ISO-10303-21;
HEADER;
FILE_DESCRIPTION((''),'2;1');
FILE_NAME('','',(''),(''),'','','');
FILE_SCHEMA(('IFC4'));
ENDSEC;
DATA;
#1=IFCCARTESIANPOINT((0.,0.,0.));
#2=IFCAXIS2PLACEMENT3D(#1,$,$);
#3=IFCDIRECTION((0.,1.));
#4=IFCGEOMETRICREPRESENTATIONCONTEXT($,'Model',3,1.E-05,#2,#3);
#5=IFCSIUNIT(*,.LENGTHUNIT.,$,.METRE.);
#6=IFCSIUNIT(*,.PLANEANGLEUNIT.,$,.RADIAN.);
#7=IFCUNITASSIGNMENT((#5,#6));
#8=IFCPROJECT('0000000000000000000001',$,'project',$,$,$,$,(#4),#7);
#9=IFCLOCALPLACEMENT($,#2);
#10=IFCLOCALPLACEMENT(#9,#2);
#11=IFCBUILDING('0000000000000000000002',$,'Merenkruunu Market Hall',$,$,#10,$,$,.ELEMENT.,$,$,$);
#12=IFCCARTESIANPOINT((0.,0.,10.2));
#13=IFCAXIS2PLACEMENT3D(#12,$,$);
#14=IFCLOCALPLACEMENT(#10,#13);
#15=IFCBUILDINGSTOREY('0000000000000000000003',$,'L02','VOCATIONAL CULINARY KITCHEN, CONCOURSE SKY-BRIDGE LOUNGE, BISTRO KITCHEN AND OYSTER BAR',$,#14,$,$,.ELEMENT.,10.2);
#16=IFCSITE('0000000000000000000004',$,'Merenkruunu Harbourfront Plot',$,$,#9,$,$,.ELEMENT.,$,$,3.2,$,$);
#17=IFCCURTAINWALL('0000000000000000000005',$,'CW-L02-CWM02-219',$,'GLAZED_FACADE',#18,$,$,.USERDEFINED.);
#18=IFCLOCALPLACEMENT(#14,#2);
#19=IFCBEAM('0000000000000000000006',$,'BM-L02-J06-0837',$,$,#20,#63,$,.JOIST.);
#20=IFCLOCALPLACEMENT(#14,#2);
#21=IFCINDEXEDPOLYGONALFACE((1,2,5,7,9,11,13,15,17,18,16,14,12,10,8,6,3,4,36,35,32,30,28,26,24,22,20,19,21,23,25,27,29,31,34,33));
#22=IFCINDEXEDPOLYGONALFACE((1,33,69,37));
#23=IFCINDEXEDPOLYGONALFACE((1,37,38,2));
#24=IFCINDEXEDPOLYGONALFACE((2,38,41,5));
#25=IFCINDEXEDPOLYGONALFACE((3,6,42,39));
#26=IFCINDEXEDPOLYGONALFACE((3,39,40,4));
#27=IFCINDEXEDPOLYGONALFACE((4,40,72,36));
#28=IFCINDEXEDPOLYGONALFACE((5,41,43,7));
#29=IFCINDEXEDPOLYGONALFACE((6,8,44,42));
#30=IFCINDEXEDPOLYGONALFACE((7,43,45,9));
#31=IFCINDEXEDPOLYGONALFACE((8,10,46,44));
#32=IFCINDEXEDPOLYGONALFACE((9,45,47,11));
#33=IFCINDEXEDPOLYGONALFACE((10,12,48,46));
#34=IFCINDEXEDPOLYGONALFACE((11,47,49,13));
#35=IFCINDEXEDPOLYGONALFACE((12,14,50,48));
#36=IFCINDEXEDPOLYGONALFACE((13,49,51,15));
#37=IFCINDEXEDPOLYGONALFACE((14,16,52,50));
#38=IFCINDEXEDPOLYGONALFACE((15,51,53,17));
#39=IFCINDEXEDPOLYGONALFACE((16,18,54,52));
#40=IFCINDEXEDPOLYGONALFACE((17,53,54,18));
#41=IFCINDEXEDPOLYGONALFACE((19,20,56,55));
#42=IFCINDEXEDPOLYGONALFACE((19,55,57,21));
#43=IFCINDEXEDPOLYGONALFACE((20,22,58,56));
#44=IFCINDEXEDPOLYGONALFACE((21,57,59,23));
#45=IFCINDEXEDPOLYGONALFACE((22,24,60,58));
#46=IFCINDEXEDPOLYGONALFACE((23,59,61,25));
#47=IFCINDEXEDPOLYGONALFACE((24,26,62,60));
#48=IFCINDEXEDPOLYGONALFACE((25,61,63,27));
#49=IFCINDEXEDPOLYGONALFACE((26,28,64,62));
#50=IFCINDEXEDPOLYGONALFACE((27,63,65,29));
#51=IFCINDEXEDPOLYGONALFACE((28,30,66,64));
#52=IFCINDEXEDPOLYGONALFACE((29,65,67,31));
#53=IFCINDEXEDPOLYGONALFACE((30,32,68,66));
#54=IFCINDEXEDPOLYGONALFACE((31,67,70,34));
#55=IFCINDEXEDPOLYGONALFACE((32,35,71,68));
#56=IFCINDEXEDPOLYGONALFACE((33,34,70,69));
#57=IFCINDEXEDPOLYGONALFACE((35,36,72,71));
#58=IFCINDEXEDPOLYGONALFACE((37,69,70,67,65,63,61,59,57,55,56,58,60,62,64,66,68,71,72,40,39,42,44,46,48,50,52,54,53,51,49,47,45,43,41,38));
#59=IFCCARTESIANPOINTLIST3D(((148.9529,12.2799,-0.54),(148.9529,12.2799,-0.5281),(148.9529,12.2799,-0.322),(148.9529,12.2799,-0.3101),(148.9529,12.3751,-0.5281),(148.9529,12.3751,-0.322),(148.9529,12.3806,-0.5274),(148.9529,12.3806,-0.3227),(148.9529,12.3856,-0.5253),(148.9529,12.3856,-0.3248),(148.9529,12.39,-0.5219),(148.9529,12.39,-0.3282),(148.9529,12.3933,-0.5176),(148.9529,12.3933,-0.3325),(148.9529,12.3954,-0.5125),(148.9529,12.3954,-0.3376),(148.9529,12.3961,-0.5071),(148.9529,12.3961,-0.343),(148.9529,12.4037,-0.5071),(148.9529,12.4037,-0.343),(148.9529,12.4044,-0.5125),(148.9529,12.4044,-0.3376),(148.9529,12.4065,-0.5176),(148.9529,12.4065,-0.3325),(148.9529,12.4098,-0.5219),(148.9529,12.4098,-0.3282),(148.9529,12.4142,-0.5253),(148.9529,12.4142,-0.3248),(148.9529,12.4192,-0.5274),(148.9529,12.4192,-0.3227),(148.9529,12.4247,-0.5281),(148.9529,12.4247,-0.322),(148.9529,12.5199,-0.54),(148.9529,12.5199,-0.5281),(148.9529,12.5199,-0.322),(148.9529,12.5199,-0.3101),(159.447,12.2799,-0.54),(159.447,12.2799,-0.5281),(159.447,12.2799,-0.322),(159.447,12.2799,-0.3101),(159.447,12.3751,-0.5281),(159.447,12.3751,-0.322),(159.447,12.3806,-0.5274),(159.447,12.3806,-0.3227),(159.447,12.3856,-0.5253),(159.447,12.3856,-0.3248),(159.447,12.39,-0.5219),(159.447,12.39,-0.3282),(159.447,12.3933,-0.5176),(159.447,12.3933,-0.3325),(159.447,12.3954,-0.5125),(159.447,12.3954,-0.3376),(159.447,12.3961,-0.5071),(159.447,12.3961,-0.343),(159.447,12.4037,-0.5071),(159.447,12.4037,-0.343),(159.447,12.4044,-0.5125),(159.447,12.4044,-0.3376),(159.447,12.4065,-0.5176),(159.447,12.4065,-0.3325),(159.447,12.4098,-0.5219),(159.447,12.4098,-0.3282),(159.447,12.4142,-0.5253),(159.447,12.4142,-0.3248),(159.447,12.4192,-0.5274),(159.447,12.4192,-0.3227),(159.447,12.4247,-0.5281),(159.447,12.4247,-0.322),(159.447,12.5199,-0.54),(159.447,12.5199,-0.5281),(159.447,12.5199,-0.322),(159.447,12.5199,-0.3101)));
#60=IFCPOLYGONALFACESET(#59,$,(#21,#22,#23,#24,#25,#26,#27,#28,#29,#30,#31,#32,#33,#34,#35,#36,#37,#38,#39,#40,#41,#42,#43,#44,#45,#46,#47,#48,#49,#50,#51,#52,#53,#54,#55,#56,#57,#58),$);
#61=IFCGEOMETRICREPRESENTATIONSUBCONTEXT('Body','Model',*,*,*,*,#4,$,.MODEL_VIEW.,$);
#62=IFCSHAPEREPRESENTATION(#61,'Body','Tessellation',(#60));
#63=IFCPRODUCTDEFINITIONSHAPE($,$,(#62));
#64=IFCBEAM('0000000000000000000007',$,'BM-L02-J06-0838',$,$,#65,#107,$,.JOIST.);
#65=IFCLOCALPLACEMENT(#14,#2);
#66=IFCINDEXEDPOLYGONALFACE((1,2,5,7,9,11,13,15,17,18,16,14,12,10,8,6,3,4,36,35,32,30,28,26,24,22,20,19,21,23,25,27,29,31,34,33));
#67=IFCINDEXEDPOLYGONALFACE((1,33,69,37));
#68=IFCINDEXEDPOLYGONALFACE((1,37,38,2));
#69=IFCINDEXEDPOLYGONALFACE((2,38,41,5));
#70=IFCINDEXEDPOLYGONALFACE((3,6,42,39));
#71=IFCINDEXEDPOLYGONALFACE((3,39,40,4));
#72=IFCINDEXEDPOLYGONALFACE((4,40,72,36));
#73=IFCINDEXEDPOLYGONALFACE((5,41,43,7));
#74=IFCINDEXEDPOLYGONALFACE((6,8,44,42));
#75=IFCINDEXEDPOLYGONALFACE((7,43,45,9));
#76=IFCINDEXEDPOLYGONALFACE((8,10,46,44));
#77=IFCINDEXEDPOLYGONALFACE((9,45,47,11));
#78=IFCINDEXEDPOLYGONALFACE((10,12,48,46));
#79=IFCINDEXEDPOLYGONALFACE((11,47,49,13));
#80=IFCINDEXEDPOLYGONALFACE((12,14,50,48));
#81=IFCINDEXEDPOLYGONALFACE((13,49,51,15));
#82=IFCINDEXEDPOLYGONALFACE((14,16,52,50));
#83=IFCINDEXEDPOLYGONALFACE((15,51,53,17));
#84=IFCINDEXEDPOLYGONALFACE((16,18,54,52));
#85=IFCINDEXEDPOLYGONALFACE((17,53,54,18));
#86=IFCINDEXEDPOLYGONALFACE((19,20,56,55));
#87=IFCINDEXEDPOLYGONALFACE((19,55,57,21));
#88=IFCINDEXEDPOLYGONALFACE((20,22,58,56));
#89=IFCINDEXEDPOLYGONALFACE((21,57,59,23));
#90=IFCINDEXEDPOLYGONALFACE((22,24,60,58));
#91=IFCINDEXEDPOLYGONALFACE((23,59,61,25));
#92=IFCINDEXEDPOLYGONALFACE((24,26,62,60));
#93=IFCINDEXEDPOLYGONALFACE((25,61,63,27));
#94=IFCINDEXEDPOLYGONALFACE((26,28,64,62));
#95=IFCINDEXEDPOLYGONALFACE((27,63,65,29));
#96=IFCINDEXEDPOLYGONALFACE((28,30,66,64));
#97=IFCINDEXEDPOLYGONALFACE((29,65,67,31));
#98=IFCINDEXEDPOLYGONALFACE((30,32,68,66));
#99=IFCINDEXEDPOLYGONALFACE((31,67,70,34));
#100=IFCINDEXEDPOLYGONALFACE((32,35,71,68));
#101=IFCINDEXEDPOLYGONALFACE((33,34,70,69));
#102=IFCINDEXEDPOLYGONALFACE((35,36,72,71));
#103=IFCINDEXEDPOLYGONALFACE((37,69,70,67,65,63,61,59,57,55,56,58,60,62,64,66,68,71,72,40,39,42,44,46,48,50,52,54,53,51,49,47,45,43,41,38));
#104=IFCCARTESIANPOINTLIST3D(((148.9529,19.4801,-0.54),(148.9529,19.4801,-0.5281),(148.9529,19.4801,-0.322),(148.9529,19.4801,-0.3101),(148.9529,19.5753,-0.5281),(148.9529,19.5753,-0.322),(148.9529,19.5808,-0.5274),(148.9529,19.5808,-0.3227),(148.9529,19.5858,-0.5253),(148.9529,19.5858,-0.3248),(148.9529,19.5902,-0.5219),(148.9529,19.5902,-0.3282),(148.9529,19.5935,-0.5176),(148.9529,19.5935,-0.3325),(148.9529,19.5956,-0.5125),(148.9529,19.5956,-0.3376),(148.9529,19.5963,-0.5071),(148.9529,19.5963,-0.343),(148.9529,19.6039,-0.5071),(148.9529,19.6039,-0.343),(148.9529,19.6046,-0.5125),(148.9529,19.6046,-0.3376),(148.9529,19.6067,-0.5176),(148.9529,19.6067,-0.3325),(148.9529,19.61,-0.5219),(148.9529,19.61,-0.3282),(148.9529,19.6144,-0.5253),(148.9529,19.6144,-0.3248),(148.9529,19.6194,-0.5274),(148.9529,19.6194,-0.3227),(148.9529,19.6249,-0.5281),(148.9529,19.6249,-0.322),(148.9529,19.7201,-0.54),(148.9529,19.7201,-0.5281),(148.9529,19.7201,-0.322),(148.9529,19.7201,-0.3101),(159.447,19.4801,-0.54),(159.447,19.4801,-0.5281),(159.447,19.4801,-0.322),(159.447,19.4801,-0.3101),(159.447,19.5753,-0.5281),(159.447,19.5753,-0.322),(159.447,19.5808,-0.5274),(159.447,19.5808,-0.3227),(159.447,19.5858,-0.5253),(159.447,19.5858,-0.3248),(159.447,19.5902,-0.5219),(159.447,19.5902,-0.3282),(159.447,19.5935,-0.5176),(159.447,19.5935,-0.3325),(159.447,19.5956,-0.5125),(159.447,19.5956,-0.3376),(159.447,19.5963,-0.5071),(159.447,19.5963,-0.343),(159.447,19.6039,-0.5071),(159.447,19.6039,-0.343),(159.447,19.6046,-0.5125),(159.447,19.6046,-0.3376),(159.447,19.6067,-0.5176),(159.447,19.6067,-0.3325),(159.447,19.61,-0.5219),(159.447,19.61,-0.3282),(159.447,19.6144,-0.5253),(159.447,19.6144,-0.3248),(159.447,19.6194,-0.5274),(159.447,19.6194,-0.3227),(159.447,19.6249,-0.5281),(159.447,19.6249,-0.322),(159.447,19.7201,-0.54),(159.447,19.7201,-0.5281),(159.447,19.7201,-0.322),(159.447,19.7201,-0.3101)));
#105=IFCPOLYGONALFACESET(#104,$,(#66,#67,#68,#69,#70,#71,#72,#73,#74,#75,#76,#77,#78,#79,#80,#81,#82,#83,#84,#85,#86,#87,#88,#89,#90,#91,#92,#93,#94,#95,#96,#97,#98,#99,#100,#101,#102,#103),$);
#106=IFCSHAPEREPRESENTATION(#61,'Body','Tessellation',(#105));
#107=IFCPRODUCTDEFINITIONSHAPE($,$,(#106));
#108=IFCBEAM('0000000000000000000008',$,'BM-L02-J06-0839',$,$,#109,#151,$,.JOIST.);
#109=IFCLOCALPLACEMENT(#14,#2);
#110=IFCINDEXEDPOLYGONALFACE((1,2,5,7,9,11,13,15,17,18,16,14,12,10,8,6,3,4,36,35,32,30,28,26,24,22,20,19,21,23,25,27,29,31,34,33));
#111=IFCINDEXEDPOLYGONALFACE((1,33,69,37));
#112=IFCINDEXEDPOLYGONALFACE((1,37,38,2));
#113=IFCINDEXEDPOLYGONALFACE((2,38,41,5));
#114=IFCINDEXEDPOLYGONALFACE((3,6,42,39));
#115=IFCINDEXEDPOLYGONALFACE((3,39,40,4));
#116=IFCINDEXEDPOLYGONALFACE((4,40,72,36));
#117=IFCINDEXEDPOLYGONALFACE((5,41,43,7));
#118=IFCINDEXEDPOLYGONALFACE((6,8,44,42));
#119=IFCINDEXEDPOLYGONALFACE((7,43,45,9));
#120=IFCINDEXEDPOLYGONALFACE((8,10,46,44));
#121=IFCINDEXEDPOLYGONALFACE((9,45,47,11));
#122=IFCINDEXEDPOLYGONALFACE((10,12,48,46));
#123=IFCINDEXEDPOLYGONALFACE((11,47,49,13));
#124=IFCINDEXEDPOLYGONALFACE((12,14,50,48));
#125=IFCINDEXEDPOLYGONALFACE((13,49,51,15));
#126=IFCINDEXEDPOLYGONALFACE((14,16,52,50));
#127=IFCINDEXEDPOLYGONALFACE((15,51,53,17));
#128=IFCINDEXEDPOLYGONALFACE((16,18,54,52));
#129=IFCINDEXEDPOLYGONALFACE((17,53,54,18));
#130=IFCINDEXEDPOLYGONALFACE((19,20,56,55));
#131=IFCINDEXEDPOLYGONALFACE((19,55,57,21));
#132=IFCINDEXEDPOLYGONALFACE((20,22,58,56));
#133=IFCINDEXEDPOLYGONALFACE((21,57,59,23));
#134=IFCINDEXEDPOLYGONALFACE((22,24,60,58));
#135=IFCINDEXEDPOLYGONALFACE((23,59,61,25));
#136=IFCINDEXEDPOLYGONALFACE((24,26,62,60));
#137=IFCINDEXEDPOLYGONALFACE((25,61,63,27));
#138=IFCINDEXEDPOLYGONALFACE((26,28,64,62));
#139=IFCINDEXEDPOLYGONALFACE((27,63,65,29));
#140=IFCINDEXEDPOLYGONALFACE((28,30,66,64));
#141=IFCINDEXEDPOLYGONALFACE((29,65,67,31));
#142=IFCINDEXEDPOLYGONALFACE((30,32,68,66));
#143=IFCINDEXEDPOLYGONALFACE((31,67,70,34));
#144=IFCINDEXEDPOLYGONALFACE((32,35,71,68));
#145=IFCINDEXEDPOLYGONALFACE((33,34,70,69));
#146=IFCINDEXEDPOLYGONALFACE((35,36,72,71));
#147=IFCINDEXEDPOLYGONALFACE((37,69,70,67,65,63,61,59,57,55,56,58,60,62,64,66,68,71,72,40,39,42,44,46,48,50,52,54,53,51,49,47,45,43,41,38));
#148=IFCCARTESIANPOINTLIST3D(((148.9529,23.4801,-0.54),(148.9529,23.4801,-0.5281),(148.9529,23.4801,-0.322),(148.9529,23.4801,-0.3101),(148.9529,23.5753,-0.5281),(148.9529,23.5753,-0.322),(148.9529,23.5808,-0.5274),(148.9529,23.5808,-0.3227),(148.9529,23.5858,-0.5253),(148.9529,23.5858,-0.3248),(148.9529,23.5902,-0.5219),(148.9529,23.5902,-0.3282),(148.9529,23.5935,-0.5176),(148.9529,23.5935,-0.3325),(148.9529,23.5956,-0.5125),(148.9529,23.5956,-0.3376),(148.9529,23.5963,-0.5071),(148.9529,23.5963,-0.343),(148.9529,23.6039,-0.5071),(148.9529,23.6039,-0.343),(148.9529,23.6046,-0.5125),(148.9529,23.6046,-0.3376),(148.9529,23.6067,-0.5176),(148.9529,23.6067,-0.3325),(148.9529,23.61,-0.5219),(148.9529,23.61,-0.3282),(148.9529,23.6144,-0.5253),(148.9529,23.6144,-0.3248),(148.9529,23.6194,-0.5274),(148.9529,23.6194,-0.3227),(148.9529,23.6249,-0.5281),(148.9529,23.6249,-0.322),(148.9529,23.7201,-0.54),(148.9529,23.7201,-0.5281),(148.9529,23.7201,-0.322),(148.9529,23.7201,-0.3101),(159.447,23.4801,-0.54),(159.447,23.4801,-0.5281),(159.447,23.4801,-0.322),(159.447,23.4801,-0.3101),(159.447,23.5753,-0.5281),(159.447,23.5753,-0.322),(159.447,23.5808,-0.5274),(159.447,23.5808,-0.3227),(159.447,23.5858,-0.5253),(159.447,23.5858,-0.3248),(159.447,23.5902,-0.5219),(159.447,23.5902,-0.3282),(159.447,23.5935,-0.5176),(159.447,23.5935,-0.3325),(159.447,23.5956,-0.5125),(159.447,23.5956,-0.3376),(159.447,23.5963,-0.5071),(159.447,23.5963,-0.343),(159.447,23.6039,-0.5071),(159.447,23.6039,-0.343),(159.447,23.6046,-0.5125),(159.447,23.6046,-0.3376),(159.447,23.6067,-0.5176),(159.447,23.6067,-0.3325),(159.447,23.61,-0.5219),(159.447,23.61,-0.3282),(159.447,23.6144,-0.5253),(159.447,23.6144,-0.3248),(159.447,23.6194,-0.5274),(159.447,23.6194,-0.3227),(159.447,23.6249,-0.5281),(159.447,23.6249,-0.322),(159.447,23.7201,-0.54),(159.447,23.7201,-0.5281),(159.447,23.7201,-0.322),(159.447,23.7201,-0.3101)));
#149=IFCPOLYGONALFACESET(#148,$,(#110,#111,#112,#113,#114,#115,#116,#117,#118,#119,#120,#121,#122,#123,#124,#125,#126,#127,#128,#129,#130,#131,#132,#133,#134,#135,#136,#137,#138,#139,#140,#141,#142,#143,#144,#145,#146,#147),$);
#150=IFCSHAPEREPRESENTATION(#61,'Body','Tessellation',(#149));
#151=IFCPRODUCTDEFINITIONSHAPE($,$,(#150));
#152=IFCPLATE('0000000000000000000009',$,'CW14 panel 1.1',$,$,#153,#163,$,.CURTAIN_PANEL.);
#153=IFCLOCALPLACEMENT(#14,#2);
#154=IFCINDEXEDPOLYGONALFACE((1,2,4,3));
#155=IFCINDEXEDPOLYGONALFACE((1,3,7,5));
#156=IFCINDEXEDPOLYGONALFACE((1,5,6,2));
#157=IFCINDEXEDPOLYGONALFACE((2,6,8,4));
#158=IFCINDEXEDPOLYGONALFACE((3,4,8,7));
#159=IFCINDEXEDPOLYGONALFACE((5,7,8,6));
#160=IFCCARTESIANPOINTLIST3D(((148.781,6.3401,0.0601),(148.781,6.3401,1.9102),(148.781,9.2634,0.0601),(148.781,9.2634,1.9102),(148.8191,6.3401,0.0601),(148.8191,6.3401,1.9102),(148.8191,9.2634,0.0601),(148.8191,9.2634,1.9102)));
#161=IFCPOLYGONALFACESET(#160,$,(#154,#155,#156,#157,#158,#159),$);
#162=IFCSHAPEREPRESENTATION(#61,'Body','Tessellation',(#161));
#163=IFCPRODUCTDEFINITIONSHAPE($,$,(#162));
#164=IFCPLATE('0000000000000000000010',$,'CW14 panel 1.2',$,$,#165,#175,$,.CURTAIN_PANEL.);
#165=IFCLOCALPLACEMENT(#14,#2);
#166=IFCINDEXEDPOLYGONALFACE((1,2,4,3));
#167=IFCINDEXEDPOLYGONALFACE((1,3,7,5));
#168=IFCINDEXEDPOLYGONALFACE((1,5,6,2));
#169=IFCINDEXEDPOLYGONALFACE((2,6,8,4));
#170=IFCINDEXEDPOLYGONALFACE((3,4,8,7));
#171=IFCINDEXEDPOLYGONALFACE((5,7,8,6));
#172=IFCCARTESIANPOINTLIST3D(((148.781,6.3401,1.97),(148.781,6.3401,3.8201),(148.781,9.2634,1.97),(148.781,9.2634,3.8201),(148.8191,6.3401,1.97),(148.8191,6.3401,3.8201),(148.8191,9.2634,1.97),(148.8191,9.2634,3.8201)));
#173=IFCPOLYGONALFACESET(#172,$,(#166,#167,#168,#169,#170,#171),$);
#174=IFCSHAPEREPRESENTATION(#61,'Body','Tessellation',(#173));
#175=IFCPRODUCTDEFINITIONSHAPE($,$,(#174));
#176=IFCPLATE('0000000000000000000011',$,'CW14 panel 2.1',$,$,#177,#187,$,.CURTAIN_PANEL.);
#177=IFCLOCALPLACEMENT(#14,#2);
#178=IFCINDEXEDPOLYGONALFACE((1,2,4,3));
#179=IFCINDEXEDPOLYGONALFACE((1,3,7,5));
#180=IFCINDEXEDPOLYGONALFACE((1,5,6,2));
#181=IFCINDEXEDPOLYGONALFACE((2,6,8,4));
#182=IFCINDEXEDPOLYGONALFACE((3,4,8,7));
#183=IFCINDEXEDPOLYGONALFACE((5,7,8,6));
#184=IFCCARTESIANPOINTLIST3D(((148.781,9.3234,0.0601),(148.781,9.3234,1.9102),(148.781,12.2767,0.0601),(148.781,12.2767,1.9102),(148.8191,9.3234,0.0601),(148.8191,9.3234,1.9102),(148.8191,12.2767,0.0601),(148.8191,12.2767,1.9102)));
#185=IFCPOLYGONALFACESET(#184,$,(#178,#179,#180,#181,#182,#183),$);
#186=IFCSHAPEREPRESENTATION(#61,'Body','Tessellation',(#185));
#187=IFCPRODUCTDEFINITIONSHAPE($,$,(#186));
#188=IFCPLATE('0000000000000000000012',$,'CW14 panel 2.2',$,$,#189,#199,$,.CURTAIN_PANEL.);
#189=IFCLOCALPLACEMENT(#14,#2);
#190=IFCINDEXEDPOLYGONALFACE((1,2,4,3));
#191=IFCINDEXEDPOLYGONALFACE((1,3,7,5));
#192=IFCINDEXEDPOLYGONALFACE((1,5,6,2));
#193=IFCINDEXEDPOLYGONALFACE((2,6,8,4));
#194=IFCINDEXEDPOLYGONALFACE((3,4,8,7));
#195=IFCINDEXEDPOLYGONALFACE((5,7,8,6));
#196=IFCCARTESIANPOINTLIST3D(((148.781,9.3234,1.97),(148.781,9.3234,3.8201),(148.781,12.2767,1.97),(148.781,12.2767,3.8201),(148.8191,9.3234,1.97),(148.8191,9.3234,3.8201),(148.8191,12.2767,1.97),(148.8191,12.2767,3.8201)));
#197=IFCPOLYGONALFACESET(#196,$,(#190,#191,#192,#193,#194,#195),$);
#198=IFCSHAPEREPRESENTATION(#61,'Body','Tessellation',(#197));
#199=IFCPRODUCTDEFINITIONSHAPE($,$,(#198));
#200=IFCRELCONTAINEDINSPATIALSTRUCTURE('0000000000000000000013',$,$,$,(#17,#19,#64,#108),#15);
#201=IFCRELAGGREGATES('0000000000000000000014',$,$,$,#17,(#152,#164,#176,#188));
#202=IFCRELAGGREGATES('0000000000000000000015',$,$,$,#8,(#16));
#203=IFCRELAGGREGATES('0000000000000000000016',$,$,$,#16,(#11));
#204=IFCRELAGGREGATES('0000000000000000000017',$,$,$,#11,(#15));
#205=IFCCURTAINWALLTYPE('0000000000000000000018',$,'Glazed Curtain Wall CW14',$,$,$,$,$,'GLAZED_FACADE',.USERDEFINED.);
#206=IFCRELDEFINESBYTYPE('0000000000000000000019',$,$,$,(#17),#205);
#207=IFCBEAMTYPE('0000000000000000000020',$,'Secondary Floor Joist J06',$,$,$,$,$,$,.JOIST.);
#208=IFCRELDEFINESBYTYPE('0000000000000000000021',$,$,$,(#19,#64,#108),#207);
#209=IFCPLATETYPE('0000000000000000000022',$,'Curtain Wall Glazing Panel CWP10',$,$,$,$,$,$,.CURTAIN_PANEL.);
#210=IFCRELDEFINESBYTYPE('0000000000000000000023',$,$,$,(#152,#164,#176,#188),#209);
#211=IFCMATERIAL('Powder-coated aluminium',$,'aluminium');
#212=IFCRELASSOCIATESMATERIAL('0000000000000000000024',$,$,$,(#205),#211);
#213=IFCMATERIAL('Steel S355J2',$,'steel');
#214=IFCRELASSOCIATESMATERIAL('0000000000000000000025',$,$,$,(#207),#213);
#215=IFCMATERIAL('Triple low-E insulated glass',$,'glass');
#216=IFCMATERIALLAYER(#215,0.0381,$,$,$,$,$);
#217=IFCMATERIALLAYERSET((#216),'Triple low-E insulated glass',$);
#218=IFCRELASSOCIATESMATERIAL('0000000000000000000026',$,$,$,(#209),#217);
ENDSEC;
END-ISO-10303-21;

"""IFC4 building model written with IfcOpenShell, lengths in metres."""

from ifc_helpers import new_model, si_unit, direction, frame, origin, origin_2d, place, context, subcontext, project, spatial, rectangle, i_section, extrude, material, layer, layer_set, material_profile, profile_set, type_object, element, aggregate, save


model = new_model("IFC4")

# Units and contexts
model_context = context("Model", 3, precision=1e-05, world=origin(), true_north=direction((0.0, 1.0)))
body_context = subcontext(model_context, "Body", "Model", "MODEL_VIEW")
ifc_project = project(units=[si_unit("LENGTHUNIT", "METRE"), si_unit("PLANEANGLEUNIT", "RADIAN")], contexts=[model_context])

# Site, building, storey
site_placement = place(None, origin())
site = spatial("IfcSite", under=ifc_project, at=site_placement, Name="Merenkruunu Harbourfront Plot", CompositionType="ELEMENT", RefElevation=3.2)
building_placement = place(site_placement, origin())
building = spatial("IfcBuilding", under=site, at=building_placement, Name="Merenkruunu Market Hall", CompositionType="ELEMENT")
storey_placement = place(building_placement, frame((0.0, 0.0, 10.2)))
storey = spatial("IfcBuildingStorey", under=building, at=storey_placement, Name="L02", Description="VOCATIONAL CULINARY KITCHEN, CONCOURSE SKY-BRIDGE LOUNGE, BISTRO KITCHEN AND OYSTER BAR", CompositionType="ELEMENT", Elevation=10.2)

# Shared definitions
ifc_material_1 = material(Name="Steel S355J2", Category="steel")

# Curtain wall
ifc_material_2 = material(Name="Powder-coated aluminium", Category="aluminium")
curtain_wall_type = type_object("IfcCurtainWallType", Name="Glazed Curtain Wall CW14", ElementType="GLAZED_FACADE", PredefinedType="USERDEFINED", material=ifc_material_2)
curtain_wall_placement = place(storey_placement, origin())
curtain_wall = element("IfcCurtainWall", 1, at=curtain_wall_placement, inside=storey, type_object=curtain_wall_type, Name="CW-L02-CWM02-219", ObjectType="GLAZED_FACADE", PredefinedType="USERDEFINED")

# Beams
ifc_material_profile_1 = material_profile(ifc_material_1, i_section(OverallWidth=0.24, OverallDepth=0.23, WebThickness=0.0076, FlangeThickness=0.012, FilletRadius=0.021, at=origin_2d()), Name="HEA 240")
ifc_profile_set_1 = profile_set([ifc_material_profile_1], Name="Steel S355J2")
beam_type_1 = type_object("IfcBeamType", Name="Secondary Floor Joist J06", PredefinedType="JOIST", material=ifc_profile_set_1)
for number, where, z_axis, x_axis, name in (
    (2, (148.9529, 12.3999, -0.425), (1.0, 0.0, 0.0), (0.0, 1.0, 0.0), "BM-L02-J06-0837"),
    (3, (148.9529, 19.6001, -0.425), (1.0, 0.0, 0.0), (0.0, 1.0, 0.0), "BM-L02-J06-0838"),
    (4, (148.9529, 23.6001, -0.425), (1.0, 0.0, 0.0), (0.0, 1.0, 0.0), "BM-L02-J06-0839"),
):
    element("IfcBeam", number, at=place(storey_placement, frame(where, z_axis=z_axis, x_axis=x_axis)), inside=storey, type_object=beam_type_1, Name=name, PredefinedType="JOIST", context=body_context, shape_type="SweptSolid", body=[
        extrude(i_section(OverallWidth=0.24, OverallDepth=0.23, WebThickness=0.0076, FlangeThickness=0.012, FilletRadius=0.021, at=origin_2d()), origin(), (0.0, 0.0, 1.0), 10.4941),
    ])

# Plates
ifc_material_3 = material(Name="Triple low-E insulated glass", Category="glass")
ifc_layer_1 = layer(ifc_material_3, 0.0381)
ifc_layer_set_1 = layer_set([ifc_layer_1], Name="Triple low-E insulated glass")
plate_type = type_object("IfcPlateType", Name="Curtain Wall Glazing Panel CWP10", PredefinedType="CURTAIN_PANEL", material=ifc_layer_set_1)
plate_1_placement = place(storey_placement, frame((148.8, 7.8018, 0.0601), z_axis=(0.0, 0.0, 1.0), x_axis=(0.0, 1.0, 0.0)))
plate_1 = element("IfcPlate", 5, at=plate_1_placement, type_object=plate_type, Name="CW14 panel 1.1", PredefinedType="CURTAIN_PANEL", context=body_context, shape_type="SweptSolid", body=[
    extrude(rectangle(XDim=2.9233, YDim=0.0381, at=origin_2d()), origin(), (0.0, 0.0, 1.0), 1.8501),
])
plate_2_placement = place(storey_placement, frame((148.8, 7.8018, 1.97), z_axis=(0.0, 0.0, 1.0), x_axis=(0.0, 1.0, 0.0)))
plate_2 = element("IfcPlate", 6, at=plate_2_placement, type_object=plate_type, Name="CW14 panel 1.2", PredefinedType="CURTAIN_PANEL", context=body_context, shape_type="SweptSolid", body=[
    extrude(rectangle(XDim=2.9233, YDim=0.0381, at=origin_2d()), origin(), (0.0, 0.0, 1.0), 1.8501),
])
plate_3_placement = place(storey_placement, frame((148.8, 10.8, 0.0601), z_axis=(0.0, 0.0, 1.0), x_axis=(0.0, 1.0, 0.0)))
plate_3 = element("IfcPlate", 7, at=plate_3_placement, type_object=plate_type, Name="CW14 panel 2.1", PredefinedType="CURTAIN_PANEL", context=body_context, shape_type="SweptSolid", body=[
    extrude(rectangle(XDim=2.9534, YDim=0.0381, at=origin_2d()), origin(), (0.0, 0.0, 1.0), 1.8501),
])
plate_4_placement = place(storey_placement, frame((148.8, 10.8, 1.97), z_axis=(0.0, 0.0, 1.0), x_axis=(0.0, 1.0, 0.0)))
plate_4 = element("IfcPlate", 8, at=plate_4_placement, type_object=plate_type, Name="CW14 panel 2.2", PredefinedType="CURTAIN_PANEL", context=body_context, shape_type="SweptSolid", body=[
    extrude(rectangle(XDim=2.9534, YDim=0.0381, at=origin_2d()), origin(), (0.0, 0.0, 1.0), 1.8501),
])
aggregate(curtain_wall, [plate_1, plate_2, plate_3, plate_4])

save(model, "model.ifc")
